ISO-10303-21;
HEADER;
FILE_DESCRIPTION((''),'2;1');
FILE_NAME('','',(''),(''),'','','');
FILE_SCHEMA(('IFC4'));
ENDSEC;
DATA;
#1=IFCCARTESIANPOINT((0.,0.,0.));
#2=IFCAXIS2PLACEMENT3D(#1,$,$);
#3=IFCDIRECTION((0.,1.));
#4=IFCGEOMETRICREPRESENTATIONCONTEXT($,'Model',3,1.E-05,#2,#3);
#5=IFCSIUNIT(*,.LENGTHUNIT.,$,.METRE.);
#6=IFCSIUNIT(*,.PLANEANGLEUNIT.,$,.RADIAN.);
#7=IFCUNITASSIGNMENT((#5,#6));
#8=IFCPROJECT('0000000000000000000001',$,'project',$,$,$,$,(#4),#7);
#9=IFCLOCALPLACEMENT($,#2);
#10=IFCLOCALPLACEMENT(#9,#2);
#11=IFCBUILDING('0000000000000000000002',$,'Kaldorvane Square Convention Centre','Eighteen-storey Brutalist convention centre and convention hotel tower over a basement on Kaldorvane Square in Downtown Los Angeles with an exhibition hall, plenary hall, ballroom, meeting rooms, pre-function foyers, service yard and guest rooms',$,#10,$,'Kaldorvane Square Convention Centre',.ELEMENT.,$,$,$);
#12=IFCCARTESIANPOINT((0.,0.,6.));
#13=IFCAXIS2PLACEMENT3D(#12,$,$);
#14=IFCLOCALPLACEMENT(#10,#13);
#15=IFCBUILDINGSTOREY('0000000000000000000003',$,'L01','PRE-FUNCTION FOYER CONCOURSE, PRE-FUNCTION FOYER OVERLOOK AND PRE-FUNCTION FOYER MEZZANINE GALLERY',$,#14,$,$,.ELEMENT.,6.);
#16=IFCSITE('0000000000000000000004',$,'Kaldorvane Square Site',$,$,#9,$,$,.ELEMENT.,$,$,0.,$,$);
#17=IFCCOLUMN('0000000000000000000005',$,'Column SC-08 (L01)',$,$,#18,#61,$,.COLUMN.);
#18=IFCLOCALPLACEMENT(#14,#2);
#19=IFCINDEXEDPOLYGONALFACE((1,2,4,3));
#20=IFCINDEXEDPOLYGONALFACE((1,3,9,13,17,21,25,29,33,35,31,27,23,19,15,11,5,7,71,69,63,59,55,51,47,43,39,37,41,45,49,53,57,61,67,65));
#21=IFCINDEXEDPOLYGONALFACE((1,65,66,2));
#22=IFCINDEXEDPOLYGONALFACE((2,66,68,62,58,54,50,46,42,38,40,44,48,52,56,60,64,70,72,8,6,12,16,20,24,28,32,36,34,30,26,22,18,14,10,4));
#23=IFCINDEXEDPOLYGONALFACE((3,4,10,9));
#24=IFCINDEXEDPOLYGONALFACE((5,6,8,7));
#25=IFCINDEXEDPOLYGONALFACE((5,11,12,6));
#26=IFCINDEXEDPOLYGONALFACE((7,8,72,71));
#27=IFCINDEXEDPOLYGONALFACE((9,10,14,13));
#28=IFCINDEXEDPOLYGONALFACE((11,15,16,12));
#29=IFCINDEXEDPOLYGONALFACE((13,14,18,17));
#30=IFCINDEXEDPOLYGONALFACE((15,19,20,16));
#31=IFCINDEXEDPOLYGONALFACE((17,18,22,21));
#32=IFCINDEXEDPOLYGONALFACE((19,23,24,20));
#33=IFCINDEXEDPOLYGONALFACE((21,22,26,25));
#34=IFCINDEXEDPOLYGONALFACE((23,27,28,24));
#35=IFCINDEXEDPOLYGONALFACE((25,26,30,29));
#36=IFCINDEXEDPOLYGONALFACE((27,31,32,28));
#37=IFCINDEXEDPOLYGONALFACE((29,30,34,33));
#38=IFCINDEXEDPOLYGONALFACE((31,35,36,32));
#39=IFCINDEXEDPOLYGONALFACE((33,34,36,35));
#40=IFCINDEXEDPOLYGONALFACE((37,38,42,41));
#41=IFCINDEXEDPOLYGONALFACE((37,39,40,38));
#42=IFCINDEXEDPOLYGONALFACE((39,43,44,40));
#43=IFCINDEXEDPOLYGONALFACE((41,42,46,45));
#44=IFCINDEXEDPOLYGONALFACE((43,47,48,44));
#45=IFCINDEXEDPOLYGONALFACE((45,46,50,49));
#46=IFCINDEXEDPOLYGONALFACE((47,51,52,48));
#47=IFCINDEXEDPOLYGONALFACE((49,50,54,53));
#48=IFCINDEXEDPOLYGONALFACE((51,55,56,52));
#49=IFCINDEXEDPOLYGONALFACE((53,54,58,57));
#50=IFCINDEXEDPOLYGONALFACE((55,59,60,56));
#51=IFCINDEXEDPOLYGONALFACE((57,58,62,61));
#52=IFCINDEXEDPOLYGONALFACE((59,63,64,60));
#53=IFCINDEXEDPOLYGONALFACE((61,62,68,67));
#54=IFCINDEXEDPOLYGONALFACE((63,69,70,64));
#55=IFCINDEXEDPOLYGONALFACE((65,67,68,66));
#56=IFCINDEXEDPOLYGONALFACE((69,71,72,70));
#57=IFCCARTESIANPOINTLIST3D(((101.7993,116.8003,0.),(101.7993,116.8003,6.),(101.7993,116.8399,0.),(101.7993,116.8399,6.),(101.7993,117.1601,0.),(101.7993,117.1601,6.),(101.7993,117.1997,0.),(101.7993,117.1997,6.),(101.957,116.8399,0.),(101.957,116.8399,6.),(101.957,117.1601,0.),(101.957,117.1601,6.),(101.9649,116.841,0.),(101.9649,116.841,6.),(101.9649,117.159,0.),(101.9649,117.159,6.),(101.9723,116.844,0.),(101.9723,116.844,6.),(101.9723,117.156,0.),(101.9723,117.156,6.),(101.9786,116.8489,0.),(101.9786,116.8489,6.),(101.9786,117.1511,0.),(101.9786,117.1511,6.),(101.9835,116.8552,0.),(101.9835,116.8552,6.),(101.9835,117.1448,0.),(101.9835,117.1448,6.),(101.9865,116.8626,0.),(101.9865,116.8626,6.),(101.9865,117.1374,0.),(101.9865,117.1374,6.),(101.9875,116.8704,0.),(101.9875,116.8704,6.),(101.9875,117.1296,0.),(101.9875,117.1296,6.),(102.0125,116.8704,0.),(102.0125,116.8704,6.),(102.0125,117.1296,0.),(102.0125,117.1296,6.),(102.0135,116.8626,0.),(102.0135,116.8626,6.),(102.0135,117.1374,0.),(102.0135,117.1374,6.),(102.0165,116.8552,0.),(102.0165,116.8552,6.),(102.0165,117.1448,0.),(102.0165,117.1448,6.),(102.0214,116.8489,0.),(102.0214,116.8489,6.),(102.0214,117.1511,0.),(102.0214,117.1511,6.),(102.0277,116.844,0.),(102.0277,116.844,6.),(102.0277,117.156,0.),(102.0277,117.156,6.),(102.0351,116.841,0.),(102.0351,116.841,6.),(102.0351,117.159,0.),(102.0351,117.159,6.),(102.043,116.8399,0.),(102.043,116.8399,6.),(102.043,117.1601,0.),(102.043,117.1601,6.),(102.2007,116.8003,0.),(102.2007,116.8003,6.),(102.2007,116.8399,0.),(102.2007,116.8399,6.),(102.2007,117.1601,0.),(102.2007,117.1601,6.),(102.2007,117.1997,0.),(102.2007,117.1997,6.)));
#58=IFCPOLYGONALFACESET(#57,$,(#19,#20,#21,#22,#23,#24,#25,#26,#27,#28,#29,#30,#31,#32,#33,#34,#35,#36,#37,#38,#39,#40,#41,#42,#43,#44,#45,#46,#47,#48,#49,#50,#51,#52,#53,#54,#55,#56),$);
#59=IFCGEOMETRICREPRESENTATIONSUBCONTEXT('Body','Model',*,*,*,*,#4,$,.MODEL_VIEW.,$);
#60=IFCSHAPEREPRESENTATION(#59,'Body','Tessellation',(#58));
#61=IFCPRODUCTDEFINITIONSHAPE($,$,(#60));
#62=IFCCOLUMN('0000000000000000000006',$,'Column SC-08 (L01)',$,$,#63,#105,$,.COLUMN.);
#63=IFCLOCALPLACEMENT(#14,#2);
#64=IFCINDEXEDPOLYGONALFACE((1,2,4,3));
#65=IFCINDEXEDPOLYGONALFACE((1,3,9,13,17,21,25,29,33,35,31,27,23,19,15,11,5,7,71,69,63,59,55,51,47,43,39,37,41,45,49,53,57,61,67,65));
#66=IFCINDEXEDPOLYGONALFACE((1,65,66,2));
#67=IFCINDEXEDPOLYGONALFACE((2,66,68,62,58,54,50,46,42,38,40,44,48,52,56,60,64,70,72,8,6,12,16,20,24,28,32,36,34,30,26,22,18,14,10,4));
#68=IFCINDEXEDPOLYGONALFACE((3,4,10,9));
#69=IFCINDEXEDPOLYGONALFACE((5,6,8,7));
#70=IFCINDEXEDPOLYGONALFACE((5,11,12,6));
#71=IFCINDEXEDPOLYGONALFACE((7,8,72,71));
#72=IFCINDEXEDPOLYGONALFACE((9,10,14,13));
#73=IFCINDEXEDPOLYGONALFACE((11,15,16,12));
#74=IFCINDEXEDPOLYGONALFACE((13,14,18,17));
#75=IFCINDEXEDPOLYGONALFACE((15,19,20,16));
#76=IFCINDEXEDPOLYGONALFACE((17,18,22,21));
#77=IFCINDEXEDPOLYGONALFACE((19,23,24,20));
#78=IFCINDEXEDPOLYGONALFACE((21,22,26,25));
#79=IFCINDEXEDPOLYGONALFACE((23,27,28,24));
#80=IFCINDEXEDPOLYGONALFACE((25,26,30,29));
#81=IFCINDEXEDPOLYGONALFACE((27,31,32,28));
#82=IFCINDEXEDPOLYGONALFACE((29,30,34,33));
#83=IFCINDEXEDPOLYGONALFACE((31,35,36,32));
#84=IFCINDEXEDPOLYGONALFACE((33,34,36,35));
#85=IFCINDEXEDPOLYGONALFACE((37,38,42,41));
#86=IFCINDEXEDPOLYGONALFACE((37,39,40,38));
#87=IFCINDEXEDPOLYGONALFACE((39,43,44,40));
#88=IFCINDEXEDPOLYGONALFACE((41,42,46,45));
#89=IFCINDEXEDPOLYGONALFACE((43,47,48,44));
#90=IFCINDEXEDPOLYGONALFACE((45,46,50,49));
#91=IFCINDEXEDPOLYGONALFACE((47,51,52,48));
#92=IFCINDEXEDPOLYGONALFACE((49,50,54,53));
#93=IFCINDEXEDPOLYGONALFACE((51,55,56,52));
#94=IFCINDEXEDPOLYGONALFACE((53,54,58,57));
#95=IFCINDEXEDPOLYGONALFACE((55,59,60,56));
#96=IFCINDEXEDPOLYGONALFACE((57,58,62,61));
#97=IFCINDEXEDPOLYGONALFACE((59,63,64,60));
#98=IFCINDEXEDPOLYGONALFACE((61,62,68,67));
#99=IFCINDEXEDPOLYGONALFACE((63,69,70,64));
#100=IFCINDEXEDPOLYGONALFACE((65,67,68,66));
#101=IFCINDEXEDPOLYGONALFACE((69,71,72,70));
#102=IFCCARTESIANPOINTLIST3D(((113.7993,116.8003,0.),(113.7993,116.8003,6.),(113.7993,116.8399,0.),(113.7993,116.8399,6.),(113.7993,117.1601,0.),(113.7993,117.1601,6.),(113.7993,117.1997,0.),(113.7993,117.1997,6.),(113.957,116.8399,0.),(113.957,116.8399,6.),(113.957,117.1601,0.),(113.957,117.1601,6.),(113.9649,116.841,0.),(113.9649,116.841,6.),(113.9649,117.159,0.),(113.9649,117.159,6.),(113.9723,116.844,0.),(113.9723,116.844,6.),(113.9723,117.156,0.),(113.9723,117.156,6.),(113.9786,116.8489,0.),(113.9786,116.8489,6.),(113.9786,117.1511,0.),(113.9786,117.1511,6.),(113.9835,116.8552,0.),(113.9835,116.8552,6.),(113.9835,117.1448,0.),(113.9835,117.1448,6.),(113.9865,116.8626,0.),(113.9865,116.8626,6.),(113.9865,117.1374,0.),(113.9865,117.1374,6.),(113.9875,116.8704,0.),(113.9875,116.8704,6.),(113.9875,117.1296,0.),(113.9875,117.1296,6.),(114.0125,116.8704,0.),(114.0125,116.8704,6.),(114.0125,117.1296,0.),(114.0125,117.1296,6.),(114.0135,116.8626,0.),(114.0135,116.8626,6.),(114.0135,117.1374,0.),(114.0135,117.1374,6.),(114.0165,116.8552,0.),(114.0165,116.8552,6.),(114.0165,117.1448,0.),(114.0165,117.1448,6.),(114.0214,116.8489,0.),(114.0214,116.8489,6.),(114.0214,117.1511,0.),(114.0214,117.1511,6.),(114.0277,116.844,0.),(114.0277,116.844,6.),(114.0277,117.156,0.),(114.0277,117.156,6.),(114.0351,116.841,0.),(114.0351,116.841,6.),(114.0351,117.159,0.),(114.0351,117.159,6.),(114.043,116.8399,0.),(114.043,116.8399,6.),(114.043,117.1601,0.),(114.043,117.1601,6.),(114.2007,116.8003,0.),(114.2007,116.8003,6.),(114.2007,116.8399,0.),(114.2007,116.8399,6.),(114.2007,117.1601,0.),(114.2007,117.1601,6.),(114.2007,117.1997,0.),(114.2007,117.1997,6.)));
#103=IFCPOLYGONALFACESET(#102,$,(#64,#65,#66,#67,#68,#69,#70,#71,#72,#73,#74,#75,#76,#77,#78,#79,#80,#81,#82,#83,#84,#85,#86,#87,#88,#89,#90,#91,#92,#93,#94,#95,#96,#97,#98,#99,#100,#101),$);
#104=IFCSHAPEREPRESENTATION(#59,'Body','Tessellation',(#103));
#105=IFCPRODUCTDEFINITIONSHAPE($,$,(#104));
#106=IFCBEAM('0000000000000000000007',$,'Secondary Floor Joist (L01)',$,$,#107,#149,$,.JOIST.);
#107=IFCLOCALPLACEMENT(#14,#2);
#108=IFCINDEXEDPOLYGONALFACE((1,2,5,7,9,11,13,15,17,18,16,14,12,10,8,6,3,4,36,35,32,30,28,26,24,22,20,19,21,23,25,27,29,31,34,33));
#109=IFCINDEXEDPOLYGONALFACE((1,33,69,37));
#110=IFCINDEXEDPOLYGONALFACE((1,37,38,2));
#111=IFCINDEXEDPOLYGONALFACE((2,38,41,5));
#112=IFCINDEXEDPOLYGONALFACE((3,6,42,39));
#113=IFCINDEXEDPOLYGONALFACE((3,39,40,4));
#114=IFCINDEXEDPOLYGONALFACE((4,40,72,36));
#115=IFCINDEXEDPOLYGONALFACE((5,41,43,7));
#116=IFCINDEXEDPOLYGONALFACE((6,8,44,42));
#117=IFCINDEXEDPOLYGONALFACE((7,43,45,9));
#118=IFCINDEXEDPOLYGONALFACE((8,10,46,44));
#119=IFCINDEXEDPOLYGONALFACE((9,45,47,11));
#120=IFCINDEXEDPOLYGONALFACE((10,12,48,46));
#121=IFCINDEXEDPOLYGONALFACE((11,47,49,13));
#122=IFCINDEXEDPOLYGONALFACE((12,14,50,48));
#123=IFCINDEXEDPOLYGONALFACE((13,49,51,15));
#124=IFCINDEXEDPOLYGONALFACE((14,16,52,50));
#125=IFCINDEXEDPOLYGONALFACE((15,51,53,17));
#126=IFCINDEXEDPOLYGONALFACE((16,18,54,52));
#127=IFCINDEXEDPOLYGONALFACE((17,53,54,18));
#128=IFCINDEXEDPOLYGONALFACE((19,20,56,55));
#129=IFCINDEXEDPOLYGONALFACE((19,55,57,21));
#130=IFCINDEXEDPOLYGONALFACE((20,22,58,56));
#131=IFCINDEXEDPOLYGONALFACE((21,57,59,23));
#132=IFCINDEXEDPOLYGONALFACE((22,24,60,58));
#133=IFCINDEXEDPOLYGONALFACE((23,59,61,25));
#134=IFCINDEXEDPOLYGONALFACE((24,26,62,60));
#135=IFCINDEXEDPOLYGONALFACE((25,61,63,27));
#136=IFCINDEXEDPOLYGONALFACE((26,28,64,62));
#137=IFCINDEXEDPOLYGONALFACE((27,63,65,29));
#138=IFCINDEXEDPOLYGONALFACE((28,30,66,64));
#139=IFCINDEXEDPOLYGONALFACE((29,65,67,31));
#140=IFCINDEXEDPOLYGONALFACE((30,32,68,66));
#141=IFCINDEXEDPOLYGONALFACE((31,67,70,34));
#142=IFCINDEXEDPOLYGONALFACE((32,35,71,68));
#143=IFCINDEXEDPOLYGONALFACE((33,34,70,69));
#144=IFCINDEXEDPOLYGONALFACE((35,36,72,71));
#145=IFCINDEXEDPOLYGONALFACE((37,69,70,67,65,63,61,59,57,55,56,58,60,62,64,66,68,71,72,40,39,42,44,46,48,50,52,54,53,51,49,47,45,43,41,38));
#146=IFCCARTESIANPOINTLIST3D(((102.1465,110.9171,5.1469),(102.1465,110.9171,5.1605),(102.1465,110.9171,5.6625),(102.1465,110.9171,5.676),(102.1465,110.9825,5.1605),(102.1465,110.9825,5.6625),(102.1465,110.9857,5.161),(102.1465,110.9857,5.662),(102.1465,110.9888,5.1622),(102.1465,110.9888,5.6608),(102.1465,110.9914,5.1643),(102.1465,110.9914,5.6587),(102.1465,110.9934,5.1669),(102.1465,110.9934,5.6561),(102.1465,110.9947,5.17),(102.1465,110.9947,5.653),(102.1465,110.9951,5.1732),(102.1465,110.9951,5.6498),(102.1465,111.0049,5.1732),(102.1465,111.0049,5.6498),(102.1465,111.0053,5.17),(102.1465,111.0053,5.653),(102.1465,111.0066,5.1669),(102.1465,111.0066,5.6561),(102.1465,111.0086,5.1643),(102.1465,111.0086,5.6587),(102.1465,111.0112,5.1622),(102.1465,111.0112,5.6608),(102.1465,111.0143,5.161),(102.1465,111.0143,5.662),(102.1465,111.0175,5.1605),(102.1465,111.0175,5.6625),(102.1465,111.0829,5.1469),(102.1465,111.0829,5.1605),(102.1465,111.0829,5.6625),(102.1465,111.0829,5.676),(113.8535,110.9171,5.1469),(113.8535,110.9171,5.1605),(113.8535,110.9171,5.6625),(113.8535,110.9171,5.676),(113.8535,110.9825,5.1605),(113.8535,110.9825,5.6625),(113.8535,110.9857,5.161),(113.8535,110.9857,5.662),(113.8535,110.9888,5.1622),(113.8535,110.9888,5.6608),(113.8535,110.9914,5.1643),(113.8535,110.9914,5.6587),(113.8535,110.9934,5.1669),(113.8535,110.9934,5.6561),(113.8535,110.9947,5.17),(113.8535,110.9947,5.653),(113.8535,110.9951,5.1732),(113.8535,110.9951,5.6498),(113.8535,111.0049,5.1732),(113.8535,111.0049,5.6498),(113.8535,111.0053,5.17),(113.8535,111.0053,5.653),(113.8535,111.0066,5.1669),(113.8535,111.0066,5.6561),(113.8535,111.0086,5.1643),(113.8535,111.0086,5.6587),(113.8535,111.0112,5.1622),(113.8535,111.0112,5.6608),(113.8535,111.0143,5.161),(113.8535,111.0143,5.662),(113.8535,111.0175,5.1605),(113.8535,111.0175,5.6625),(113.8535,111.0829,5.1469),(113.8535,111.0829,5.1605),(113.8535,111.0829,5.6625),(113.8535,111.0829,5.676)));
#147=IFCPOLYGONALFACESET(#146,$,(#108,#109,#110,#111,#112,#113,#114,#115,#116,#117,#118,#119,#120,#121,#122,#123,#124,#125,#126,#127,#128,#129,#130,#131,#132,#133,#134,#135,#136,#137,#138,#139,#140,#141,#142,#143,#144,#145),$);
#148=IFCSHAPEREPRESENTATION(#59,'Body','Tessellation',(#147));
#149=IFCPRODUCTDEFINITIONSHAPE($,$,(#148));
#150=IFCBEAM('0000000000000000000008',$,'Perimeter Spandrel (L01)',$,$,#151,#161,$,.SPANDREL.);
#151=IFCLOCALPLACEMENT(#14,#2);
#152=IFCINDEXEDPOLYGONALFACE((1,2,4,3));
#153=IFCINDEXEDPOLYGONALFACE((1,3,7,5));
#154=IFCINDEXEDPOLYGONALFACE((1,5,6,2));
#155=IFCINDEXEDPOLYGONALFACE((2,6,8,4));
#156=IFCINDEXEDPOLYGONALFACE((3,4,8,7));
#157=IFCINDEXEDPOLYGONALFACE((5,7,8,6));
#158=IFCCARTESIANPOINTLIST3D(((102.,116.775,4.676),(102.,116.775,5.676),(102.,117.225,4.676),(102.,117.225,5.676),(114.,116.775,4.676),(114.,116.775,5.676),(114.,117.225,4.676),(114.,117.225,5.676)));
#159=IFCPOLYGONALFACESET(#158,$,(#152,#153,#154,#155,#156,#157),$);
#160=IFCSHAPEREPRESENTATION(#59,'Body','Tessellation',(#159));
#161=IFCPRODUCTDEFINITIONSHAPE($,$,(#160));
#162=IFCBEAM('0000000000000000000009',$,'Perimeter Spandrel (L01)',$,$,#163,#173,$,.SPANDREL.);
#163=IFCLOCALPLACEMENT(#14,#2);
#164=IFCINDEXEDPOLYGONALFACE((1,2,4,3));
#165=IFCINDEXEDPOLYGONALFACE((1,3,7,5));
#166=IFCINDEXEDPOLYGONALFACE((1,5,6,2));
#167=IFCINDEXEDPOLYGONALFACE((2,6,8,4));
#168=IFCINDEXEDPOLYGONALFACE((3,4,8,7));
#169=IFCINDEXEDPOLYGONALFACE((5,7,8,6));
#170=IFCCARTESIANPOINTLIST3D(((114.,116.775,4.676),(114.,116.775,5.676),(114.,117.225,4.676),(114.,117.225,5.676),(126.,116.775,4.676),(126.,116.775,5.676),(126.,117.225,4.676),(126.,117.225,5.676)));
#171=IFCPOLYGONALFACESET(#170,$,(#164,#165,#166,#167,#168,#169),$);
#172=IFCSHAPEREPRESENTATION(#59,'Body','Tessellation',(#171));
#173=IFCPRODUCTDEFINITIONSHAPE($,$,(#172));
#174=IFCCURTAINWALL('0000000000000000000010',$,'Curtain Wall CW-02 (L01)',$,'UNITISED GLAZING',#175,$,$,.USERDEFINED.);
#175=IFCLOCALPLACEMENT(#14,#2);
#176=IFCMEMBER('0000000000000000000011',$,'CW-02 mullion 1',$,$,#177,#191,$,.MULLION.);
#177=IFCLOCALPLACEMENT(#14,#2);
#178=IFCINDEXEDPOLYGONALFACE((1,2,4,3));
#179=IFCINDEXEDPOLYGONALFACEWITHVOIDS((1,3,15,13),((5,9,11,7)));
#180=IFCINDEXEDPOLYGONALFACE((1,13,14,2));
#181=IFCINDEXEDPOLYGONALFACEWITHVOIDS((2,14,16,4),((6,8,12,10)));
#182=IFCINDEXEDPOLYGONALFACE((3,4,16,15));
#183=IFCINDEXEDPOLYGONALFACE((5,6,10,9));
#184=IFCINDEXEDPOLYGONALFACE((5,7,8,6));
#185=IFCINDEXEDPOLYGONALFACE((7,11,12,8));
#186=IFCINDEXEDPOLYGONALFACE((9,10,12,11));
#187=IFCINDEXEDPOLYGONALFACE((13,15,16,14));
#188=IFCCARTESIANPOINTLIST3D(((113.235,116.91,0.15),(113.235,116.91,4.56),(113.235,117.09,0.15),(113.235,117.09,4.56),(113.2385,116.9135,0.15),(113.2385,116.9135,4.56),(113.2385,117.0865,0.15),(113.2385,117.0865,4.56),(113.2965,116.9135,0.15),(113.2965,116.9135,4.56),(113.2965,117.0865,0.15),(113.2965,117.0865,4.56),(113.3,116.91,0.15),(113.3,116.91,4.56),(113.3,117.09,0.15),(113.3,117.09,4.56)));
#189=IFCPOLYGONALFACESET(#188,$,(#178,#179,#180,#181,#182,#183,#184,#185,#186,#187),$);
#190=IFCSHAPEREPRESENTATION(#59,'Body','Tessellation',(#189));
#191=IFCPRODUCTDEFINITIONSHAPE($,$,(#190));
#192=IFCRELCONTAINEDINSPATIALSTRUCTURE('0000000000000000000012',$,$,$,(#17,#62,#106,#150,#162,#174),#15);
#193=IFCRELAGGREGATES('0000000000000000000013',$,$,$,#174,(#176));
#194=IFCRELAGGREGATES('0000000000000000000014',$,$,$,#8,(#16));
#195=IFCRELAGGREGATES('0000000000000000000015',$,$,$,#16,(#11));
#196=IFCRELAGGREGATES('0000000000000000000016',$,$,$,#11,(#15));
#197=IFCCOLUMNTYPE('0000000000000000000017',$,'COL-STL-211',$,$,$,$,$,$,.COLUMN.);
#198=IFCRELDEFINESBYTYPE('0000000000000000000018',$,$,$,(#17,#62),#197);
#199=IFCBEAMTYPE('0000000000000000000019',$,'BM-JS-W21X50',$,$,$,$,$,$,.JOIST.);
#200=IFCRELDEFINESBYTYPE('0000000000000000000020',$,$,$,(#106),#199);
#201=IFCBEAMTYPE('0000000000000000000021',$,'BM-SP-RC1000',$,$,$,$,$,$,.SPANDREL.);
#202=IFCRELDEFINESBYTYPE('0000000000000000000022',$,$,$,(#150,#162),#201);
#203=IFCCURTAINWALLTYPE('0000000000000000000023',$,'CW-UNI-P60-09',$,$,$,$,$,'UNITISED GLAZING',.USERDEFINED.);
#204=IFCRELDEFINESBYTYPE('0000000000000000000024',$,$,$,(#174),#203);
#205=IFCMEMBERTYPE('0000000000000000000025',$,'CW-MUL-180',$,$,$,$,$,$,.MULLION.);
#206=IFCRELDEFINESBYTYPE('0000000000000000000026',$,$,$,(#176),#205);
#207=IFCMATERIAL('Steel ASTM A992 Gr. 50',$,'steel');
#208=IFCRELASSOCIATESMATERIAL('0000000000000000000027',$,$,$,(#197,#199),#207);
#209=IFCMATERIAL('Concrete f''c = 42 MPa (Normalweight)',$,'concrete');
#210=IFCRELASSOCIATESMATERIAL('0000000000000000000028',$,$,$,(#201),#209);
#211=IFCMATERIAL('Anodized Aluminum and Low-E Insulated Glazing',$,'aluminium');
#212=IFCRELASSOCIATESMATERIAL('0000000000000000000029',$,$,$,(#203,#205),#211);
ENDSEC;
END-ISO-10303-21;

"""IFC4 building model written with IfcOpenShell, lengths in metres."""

from ifc_helpers import new_model, si_unit, direction, frame, origin, origin_2d, place, context, subcontext, project, spatial, rectangle, hollow_rectangle, i_section, extrude, material, material_profile, profile_set, type_object, element, aggregate, save


model = new_model("IFC4")

# Units and contexts
model_context = context("Model", 3, precision=1e-05, world=origin(), true_north=direction((0.0, 1.0)))
body_context = subcontext(model_context, "Body", "Model", "MODEL_VIEW")
ifc_project = project(units=[si_unit("LENGTHUNIT", "METRE"), si_unit("PLANEANGLEUNIT", "RADIAN")], contexts=[model_context])

# Site, building, storey
site_placement = place(None, origin())
site = spatial("IfcSite", under=ifc_project, at=site_placement, Name="Kaldorvane Square Site", CompositionType="ELEMENT", RefElevation=0.0)
building_placement = place(site_placement, origin())
building = spatial("IfcBuilding", under=site, at=building_placement, Name="Kaldorvane Square Convention Centre", Description="Eighteen-storey Brutalist convention centre and convention hotel tower over a basement on Kaldorvane Square in Downtown Los Angeles with an exhibition hall, plenary hall, ballroom, meeting rooms, pre-function foyers, service yard and guest rooms", LongName="Kaldorvane Square Convention Centre", CompositionType="ELEMENT")
storey_placement = place(building_placement, frame((0.0, 0.0, 6.0)))
storey = spatial("IfcBuildingStorey", under=building, at=storey_placement, Name="L01", Description="PRE-FUNCTION FOYER CONCOURSE, PRE-FUNCTION FOYER OVERLOOK AND PRE-FUNCTION FOYER MEZZANINE GALLERY", CompositionType="ELEMENT", Elevation=6.0)

# Columns
ifc_material_1 = material(Name="Steel ASTM A992 Gr. 50", Category="steel")
ifc_material_profile_1 = material_profile(ifc_material_1, i_section(OverallWidth=0.4013, OverallDepth=0.3993, WebThickness=0.0249, FlangeThickness=0.0396, FilletRadius=0.0305, at=origin_2d()), Name="W14X211")
ifc_profile_set_1 = profile_set([ifc_material_profile_1], Name="Steel ASTM A992 Gr. 50")
column_type = type_object("IfcColumnType", Name="COL-STL-211", PredefinedType="COLUMN", material=ifc_profile_set_1)
for number, where, z_axis, x_axis, name in (
    (1, (102.0, 117.0, 0.0), (0.0, 0.0, 1.0), (1.0, 0.0, 0.0), "Column SC-08 (L01)"),
    (2, (114.0, 117.0, 0.0), (0.0, 0.0, 1.0), (1.0, 0.0, 0.0), "Column SC-08 (L01)"),
):
    element("IfcColumn", number, at=place(storey_placement, frame(where, z_axis=z_axis, x_axis=x_axis)), inside=storey, type_object=column_type, Name=name, PredefinedType="COLUMN", context=body_context, shape_type="SweptSolid", body=[
        extrude(i_section(OverallWidth=0.4013, OverallDepth=0.3993, WebThickness=0.0249, FlangeThickness=0.0396, FilletRadius=0.0305, at=origin_2d()), origin(), (0.0, 0.0, 1.0), 6.0),
    ])

# Beams
ifc_material_profile_2 = material_profile(ifc_material_1, i_section(OverallWidth=0.1659, OverallDepth=0.5291, WebThickness=0.0097, FlangeThickness=0.0136, FilletRadius=0.0127, at=origin_2d()), Name="W21X50")
ifc_profile_set_2 = profile_set([ifc_material_profile_2], Name="Steel ASTM A992 Gr. 50")
beam_type_1 = type_object("IfcBeamType", Name="BM-JS-W21X50", PredefinedType="JOIST", material=ifc_profile_set_2)
beam_placement = place(storey_placement, frame((102.1465, 111.0, 5.4115), z_axis=(1.0, 0.0, 0.0), x_axis=(0.0, 1.0, 0.0)))
element("IfcBeam", 3, at=beam_placement, inside=storey, type_object=beam_type_1, Name="Secondary Floor Joist (L01)", PredefinedType="JOIST", context=body_context, shape_type="SweptSolid", body=[
    extrude(i_section(OverallWidth=0.1659, OverallDepth=0.5291, WebThickness=0.0097, FlangeThickness=0.0136, FilletRadius=0.0127, at=origin_2d()), origin(), (0.0, 0.0, 1.0), 11.707),
])
ifc_material_2 = material(Name="Concrete f'c = 42 MPa (Normalweight)", Category="concrete")
ifc_material_profile_3 = material_profile(ifc_material_2, rectangle(XDim=0.45, YDim=1.0, at=origin_2d()), Name="RCSP1000X450")
ifc_profile_set_3 = profile_set([ifc_material_profile_3], Name="Concrete f'c = 42 MPa (Normalweight)")
beam_type_2 = type_object("IfcBeamType", Name="BM-SP-RC1000", PredefinedType="SPANDREL", material=ifc_profile_set_3)
for number, where, z_axis, x_axis, name in (
    (4, (102.0, 117.0, 5.176), (1.0, 0.0, 0.0), (0.0, 1.0, 0.0), "Perimeter Spandrel (L01)"),
    (5, (114.0, 117.0, 5.176), (1.0, 0.0, 0.0), (0.0, 1.0, 0.0), "Perimeter Spandrel (L01)"),
):
    element("IfcBeam", number, at=place(storey_placement, frame(where, z_axis=z_axis, x_axis=x_axis)), inside=storey, type_object=beam_type_2, Name=name, PredefinedType="SPANDREL", context=body_context, shape_type="SweptSolid", body=[
        extrude(rectangle(XDim=0.45, YDim=1.0, at=origin_2d()), origin(), (0.0, 0.0, 1.0), 12.0),
    ])

# Curtain wall, member
ifc_material_3 = material(Name="Anodized Aluminum and Low-E Insulated Glazing", Category="aluminium")
curtain_wall_type = type_object("IfcCurtainWallType", Name="CW-UNI-P60-09", ElementType="UNITISED GLAZING", PredefinedType="USERDEFINED", material=ifc_material_3)
curtain_wall_placement = place(storey_placement, origin())
curtain_wall = element("IfcCurtainWall", 6, at=curtain_wall_placement, inside=storey, type_object=curtain_wall_type, Name="Curtain Wall CW-02 (L01)", ObjectType="UNITISED GLAZING", PredefinedType="USERDEFINED")
ifc_material_profile_4 = material_profile(ifc_material_3, hollow_rectangle(XDim=0.065, YDim=0.18, WallThickness=0.0035, at=origin_2d()), Name="CWM-180X65")
ifc_profile_set_4 = profile_set([ifc_material_profile_4], Name="Anodized Aluminum and Low-E Insulated Glazing")
member_type_1 = type_object("IfcMemberType", Name="CW-MUL-180", PredefinedType="MULLION", material=ifc_profile_set_4)
member_1_placement = place(storey_placement, frame((113.2675, 117.0, 0.15), z_axis=(0.0, 0.0, 1.0), x_axis=(-1.0, 0.0, 0.0)))
member_1 = element("IfcMember", 7, at=member_1_placement, type_object=member_type_1, Name="CW-02 mullion 1", PredefinedType="MULLION", context=body_context, shape_type="SweptSolid", body=[
    extrude(hollow_rectangle(XDim=0.065, YDim=0.18, WallThickness=0.0035, at=origin_2d()), origin(), (0.0, 0.0, 1.0), 4.41),
])
aggregate(curtain_wall, [member_1])

save(model, "model.ifc")
